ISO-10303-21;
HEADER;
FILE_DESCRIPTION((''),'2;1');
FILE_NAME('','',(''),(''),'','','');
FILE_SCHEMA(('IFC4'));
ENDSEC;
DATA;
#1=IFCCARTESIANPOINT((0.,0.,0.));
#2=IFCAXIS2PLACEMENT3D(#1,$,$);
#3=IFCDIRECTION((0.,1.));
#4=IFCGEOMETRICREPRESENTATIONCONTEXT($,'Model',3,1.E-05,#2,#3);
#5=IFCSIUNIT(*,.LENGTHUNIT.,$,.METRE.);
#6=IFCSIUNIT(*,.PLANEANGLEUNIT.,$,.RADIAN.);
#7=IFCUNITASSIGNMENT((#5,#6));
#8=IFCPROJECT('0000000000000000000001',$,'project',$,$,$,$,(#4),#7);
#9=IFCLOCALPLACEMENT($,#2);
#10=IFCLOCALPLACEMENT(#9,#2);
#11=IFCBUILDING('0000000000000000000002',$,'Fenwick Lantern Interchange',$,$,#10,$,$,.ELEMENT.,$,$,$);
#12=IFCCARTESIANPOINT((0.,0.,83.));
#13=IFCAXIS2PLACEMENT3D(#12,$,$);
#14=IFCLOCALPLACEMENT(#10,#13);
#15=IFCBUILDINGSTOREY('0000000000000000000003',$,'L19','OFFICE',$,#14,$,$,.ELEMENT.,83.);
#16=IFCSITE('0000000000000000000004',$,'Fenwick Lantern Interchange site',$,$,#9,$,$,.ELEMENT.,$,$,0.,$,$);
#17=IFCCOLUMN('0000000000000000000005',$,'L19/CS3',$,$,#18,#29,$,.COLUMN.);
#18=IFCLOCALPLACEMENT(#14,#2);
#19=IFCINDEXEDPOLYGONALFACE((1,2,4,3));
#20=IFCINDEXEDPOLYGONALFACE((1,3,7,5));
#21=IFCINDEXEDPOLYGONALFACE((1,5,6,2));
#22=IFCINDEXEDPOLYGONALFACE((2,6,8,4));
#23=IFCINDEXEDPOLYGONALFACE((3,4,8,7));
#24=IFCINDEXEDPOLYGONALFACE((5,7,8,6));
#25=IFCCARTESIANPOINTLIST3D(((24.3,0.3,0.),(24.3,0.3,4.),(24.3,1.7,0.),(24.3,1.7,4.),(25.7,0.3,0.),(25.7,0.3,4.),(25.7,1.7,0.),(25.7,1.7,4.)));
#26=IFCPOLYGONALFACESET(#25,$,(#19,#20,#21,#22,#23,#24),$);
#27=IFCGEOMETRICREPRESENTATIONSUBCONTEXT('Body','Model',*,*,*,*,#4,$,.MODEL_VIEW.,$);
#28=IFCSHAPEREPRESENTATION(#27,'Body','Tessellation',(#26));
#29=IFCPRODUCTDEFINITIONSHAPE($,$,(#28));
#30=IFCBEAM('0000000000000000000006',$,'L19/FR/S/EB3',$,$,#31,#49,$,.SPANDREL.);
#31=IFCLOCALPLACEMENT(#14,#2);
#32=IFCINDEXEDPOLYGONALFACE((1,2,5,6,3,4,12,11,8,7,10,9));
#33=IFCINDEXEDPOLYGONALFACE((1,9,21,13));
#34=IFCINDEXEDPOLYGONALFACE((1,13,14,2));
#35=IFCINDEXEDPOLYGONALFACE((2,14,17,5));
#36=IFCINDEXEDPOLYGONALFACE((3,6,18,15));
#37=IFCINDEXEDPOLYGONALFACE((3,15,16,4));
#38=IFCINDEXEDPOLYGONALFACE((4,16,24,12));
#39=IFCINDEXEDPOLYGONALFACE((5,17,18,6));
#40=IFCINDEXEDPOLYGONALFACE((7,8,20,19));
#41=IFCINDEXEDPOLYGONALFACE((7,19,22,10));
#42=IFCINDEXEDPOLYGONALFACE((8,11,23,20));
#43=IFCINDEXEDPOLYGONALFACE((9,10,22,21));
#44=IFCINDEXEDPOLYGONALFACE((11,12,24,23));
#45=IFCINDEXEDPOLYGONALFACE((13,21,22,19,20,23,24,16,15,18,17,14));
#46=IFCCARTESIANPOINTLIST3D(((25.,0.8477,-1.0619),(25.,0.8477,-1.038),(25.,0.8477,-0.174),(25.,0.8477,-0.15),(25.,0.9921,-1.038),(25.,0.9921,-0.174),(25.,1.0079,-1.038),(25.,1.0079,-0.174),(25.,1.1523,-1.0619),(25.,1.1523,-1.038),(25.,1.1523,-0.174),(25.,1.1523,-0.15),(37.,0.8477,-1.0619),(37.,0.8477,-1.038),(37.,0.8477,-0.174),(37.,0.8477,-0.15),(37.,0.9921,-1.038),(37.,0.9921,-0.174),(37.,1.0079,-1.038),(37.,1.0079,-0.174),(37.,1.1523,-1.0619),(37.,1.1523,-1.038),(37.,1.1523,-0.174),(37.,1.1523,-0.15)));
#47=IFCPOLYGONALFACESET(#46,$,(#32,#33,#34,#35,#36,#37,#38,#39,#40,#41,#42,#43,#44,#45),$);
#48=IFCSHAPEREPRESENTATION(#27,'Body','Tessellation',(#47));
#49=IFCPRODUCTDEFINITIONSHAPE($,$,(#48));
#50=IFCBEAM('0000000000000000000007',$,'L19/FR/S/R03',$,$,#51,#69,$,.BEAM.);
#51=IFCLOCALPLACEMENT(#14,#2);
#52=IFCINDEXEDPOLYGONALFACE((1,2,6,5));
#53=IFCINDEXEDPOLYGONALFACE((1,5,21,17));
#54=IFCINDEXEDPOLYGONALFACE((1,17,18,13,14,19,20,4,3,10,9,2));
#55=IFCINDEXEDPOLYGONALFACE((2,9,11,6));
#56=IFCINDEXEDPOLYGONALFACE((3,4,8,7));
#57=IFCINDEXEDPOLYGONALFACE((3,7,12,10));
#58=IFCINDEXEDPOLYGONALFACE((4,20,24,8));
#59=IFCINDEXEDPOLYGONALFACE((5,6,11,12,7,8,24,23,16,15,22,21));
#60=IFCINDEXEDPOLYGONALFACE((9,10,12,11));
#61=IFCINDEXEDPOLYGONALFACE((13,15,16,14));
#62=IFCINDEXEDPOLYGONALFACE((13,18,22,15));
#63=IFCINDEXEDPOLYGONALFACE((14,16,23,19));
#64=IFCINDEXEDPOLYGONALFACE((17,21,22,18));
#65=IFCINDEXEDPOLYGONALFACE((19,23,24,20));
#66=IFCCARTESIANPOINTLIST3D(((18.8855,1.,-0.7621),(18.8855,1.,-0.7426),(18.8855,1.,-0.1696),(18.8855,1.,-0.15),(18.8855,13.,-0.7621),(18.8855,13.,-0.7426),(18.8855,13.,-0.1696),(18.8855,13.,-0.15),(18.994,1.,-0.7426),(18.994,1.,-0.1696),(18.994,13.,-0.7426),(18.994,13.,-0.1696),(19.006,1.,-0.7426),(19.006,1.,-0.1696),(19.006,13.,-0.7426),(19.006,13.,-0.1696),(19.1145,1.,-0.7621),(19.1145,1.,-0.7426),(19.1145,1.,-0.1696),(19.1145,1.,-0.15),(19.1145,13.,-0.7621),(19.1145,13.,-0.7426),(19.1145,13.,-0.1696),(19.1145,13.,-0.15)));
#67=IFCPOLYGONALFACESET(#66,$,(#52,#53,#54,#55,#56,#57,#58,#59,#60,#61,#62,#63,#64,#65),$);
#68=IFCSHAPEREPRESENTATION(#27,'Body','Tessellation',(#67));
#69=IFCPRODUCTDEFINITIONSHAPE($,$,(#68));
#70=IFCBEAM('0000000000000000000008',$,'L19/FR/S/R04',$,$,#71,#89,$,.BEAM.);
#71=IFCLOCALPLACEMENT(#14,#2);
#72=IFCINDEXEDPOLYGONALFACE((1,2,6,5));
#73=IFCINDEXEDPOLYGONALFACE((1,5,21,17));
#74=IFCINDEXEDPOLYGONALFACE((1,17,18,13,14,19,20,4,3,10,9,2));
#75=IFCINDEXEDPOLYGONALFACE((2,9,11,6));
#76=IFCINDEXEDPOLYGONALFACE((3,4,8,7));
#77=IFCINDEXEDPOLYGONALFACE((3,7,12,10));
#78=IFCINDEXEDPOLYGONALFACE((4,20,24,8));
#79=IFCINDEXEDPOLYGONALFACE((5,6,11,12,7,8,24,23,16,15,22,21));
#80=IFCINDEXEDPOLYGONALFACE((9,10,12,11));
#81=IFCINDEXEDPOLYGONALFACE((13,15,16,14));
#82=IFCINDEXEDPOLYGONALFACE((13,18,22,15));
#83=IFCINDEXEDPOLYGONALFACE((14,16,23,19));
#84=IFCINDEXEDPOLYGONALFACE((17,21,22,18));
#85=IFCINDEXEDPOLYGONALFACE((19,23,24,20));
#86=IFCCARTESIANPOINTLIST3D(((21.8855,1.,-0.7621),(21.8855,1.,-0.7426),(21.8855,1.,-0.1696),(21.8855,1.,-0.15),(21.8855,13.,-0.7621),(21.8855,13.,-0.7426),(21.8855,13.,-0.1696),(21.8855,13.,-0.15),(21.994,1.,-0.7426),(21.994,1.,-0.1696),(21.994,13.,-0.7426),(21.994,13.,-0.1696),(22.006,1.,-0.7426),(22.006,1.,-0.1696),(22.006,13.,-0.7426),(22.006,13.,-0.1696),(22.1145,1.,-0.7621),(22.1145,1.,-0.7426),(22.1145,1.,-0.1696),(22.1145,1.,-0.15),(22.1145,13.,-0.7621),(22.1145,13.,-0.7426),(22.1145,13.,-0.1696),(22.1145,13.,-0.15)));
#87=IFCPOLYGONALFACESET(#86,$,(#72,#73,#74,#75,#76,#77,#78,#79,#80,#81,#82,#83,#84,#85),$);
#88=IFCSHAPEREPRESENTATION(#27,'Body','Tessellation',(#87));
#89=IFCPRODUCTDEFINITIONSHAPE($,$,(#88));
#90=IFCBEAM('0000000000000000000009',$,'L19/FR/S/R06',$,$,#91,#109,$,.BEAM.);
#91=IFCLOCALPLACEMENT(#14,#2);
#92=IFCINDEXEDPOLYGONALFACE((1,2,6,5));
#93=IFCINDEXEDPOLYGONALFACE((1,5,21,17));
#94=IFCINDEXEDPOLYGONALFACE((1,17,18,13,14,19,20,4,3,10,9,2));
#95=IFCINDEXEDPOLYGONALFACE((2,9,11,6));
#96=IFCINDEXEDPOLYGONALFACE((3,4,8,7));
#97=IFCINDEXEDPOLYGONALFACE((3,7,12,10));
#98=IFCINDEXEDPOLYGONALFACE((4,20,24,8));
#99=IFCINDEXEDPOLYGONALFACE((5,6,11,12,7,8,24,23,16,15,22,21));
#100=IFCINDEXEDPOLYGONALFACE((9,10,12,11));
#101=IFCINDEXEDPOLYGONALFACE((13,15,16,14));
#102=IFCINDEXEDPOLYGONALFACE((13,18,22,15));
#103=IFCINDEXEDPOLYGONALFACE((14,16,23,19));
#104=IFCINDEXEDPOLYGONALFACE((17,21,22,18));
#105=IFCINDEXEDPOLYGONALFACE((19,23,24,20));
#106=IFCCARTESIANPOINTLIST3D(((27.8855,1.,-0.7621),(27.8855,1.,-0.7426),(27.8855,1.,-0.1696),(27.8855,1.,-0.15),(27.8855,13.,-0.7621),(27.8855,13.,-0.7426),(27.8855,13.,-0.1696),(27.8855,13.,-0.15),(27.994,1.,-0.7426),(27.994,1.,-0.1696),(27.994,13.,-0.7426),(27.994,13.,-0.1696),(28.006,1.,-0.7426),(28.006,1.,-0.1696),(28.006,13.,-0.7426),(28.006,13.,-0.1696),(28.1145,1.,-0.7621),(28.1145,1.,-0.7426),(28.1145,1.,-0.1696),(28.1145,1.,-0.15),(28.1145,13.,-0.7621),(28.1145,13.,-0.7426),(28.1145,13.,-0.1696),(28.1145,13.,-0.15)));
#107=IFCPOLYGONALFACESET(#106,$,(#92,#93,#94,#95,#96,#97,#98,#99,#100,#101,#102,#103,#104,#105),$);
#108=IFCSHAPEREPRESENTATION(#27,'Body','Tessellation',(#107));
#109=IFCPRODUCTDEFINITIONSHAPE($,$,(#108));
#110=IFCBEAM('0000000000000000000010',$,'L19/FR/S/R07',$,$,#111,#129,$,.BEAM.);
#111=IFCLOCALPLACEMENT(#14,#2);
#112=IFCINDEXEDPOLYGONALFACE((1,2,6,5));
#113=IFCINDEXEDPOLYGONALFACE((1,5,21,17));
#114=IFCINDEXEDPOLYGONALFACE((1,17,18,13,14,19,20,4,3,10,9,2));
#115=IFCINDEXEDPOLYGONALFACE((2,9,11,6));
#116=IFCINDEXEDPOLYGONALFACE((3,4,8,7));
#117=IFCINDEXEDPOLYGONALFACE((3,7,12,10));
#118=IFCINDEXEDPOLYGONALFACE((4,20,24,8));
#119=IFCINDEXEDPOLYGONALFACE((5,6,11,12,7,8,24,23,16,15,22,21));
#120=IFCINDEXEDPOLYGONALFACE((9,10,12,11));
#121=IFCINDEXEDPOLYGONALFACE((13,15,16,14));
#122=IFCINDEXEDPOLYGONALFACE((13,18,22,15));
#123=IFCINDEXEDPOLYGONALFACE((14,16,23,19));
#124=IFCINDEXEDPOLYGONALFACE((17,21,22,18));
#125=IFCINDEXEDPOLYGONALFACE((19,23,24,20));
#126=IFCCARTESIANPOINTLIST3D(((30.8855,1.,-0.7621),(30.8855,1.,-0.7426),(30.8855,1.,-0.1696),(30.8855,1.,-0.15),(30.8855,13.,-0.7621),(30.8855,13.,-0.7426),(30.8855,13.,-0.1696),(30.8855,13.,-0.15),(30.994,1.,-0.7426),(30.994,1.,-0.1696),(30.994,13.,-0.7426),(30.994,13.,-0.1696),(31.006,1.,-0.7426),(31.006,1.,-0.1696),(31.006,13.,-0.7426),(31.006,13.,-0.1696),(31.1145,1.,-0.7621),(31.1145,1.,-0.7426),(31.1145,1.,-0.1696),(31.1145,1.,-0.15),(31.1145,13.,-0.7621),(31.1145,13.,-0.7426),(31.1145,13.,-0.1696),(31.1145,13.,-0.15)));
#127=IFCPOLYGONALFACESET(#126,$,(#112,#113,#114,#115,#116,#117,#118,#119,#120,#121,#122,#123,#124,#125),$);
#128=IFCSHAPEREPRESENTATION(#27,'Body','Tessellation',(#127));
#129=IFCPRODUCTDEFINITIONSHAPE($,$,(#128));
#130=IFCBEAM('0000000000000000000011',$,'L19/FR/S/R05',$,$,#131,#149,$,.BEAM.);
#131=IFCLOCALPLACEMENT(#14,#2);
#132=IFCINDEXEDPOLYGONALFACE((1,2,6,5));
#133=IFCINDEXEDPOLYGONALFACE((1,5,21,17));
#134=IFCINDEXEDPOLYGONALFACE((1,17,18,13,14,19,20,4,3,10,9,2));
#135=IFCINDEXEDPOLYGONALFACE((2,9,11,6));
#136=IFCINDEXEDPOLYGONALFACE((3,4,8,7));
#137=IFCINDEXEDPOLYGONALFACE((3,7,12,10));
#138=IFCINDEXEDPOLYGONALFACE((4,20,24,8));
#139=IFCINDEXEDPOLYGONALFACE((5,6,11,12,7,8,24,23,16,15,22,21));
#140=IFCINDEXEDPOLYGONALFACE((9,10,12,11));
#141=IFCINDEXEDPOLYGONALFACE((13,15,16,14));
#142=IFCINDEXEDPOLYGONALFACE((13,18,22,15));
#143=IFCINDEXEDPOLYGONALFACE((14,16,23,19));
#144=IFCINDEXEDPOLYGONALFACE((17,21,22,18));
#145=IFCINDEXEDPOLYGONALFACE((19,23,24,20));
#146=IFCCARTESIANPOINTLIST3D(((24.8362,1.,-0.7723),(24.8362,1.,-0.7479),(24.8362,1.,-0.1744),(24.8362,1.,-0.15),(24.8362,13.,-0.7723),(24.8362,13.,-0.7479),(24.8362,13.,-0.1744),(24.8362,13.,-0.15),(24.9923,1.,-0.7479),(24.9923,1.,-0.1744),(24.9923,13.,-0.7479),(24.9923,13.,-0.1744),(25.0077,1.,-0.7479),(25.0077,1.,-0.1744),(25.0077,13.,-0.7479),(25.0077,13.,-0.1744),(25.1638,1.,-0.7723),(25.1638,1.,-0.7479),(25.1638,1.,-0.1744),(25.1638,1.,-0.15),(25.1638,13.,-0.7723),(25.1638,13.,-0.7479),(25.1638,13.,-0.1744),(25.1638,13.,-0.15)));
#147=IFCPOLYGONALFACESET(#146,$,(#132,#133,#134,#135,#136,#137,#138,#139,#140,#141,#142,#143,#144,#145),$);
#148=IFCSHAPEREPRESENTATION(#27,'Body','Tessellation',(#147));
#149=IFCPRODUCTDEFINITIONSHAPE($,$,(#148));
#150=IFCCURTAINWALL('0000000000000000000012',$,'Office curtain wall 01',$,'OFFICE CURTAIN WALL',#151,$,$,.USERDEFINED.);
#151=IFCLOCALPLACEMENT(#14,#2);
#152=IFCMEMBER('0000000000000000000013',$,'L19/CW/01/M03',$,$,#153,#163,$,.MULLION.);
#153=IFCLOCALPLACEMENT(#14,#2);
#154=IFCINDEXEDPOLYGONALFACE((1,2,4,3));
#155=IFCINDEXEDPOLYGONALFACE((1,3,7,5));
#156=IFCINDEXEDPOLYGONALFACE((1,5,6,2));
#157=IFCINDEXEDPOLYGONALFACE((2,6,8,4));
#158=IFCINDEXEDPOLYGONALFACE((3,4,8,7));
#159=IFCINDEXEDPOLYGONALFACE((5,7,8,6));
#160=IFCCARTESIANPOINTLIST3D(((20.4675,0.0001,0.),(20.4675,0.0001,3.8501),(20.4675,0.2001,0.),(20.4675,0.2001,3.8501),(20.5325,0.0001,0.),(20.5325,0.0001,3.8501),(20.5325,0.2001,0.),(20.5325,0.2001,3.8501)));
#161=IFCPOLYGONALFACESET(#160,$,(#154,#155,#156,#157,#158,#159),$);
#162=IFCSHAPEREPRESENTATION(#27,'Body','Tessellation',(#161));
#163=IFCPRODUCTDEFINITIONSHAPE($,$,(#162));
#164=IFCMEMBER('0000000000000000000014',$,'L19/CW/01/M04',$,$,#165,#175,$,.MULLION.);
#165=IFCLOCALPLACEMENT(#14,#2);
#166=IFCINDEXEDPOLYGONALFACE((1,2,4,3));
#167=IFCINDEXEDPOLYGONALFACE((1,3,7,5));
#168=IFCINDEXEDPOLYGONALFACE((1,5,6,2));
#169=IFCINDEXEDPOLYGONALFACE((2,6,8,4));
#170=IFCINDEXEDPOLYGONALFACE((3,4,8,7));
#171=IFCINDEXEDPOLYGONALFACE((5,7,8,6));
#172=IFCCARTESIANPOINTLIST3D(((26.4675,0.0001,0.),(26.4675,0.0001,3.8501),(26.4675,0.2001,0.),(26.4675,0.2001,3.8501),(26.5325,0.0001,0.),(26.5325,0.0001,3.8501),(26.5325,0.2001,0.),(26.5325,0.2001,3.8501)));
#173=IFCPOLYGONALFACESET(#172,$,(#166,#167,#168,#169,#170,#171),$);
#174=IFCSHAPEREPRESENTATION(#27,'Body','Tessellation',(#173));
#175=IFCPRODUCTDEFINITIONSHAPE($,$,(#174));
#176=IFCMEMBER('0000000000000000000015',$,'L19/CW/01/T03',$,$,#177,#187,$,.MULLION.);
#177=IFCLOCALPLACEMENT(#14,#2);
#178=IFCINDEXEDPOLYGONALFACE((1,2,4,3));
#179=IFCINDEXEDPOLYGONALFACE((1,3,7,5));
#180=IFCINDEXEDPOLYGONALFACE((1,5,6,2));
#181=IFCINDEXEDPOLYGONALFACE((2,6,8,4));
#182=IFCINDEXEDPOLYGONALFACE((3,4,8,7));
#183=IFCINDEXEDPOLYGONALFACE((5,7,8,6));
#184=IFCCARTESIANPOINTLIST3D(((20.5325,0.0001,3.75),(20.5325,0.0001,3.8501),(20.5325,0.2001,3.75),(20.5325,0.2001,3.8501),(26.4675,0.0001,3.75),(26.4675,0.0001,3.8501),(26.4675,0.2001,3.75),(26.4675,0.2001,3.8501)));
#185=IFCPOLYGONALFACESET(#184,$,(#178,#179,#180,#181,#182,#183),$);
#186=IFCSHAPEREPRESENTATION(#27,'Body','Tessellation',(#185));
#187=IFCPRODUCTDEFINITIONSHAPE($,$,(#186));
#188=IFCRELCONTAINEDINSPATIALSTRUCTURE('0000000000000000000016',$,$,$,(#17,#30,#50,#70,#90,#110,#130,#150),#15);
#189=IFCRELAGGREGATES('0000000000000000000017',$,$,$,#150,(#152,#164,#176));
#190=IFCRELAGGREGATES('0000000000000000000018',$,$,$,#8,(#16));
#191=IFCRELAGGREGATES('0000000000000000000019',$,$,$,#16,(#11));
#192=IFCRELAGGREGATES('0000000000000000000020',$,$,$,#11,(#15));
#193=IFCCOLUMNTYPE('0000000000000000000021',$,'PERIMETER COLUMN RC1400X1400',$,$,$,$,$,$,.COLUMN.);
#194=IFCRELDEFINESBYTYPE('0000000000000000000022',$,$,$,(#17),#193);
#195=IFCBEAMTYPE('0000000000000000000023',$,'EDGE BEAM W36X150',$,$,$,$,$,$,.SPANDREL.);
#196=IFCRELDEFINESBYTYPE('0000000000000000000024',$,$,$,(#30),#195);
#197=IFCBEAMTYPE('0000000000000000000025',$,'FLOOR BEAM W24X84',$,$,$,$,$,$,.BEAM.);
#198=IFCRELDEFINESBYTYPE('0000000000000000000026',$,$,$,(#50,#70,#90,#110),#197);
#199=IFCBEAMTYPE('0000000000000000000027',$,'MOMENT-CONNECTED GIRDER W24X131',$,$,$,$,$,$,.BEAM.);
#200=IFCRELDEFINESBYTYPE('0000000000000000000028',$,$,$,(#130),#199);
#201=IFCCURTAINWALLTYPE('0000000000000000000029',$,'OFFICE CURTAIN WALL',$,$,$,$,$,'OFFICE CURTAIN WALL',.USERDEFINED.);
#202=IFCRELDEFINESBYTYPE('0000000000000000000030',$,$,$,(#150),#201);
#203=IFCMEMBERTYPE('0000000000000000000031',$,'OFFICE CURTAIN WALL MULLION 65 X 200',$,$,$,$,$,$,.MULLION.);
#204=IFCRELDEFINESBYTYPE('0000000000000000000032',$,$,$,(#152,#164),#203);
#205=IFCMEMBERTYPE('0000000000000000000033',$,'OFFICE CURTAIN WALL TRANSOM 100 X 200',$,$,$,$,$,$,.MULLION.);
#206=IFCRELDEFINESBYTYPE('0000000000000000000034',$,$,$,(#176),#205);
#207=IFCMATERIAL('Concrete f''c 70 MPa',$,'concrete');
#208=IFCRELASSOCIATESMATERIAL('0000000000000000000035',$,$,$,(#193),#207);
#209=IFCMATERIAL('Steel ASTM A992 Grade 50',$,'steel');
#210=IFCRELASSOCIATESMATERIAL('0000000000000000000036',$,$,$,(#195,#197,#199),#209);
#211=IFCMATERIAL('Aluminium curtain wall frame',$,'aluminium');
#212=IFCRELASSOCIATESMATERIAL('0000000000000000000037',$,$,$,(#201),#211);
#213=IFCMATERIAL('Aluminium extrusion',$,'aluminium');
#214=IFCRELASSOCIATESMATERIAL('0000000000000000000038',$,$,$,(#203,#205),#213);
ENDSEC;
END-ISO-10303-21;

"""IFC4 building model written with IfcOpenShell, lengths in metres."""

from ifc_helpers import new_model, si_unit, direction, frame, origin, origin_2d, place, context, subcontext, project, spatial, rectangle, i_section, extrude, material, material_profile, profile_set, type_object, element, aggregate, save


model = new_model("IFC4")

# Units and contexts
model_context = context("Model", 3, precision=1e-05, world=origin(), true_north=direction((0.0, 1.0)))
body_context = subcontext(model_context, "Body", "Model", "MODEL_VIEW")
ifc_project = project(units=[si_unit("LENGTHUNIT", "METRE"), si_unit("PLANEANGLEUNIT", "RADIAN")], contexts=[model_context])

# Site, building, storey
site_placement = place(None, origin())
site = spatial("IfcSite", under=ifc_project, at=site_placement, Name="Fenwick Lantern Interchange site", CompositionType="ELEMENT", RefElevation=0.0)
building_placement = place(site_placement, origin())
building = spatial("IfcBuilding", under=site, at=building_placement, Name="Fenwick Lantern Interchange", CompositionType="ELEMENT")
storey_placement = place(building_placement, frame((0.0, 0.0, 83.0)))
storey = spatial("IfcBuildingStorey", under=building, at=storey_placement, Name="L19", Description="OFFICE", CompositionType="ELEMENT", Elevation=83.0)

# Column
ifc_material_1 = material(Name="Concrete f'c 70 MPa", Category="concrete")
ifc_material_profile_1 = material_profile(ifc_material_1, rectangle(XDim=1.3999, YDim=1.3999, at=origin_2d()), Name="RC1400X1400")
ifc_profile_set_1 = profile_set([ifc_material_profile_1], Name="Concrete f'c 70 MPa")
column_type = type_object("IfcColumnType", Name="PERIMETER COLUMN RC1400X1400", PredefinedType="COLUMN", material=ifc_profile_set_1)
column_placement = place(storey_placement, frame((25.0, 1.0, 0.0), z_axis=(0.0, 0.0, 1.0), x_axis=(1.0, 0.0, 0.0)))
element("IfcColumn", 1, at=column_placement, inside=storey, type_object=column_type, Name="L19/CS3", PredefinedType="COLUMN", context=body_context, shape_type="SweptSolid", body=[
    extrude(rectangle(XDim=1.3999, YDim=1.3999, at=origin_2d()), origin(), (0.0, 0.0, 1.0), 4.0),
])

# Beams
ifc_material_2 = material(Name="Steel ASTM A992 Grade 50", Category="steel")
ifc_material_profile_2 = material_profile(ifc_material_2, i_section(OverallWidth=0.3047, OverallDepth=0.9119, WebThickness=0.0159, FlangeThickness=0.0239, at=origin_2d()), Name="W36X150")
ifc_profile_set_2 = profile_set([ifc_material_profile_2], Name="Steel ASTM A992 Grade 50")
beam_type_1 = type_object("IfcBeamType", Name="EDGE BEAM W36X150", PredefinedType="SPANDREL", material=ifc_profile_set_2)
beam_1_placement = place(storey_placement, frame((25.0, 1.0, -0.606), z_axis=(1.0, 0.0, 0.0), x_axis=(0.0, 1.0, 0.0)))
element("IfcBeam", 2, at=beam_1_placement, inside=storey, type_object=beam_type_1, Name="L19/FR/S/EB3", PredefinedType="SPANDREL", context=body_context, shape_type="SweptSolid", body=[
    extrude(i_section(OverallWidth=0.3047, OverallDepth=0.9119, WebThickness=0.0159, FlangeThickness=0.0239, at=origin_2d()), origin(), (0.0, 0.0, 1.0), 12.0),
])
ifc_material_profile_3 = material_profile(ifc_material_2, i_section(OverallWidth=0.229, OverallDepth=0.6121, WebThickness=0.012, FlangeThickness=0.0195, at=origin_2d()), Name="W24X84")
ifc_profile_set_3 = profile_set([ifc_material_profile_3], Name="Steel ASTM A992 Grade 50")
beam_type_2 = type_object("IfcBeamType", Name="FLOOR BEAM W24X84", PredefinedType="BEAM", material=ifc_profile_set_3)
for number, where, z_axis, x_axis, name in (
    (3, (19.0, 1.0, -0.4561), (0.0, 1.0, 0.0), (-1.0, 0.0, 0.0), "L19/FR/S/R03"),
    (4, (22.0, 1.0, -0.4561), (0.0, 1.0, 0.0), (-1.0, 0.0, 0.0), "L19/FR/S/R04"),
    (5, (28.0, 1.0, -0.4561), (0.0, 1.0, 0.0), (-1.0, 0.0, 0.0), "L19/FR/S/R06"),
    (6, (31.0, 1.0, -0.4561), (0.0, 1.0, 0.0), (-1.0, 0.0, 0.0), "L19/FR/S/R07"),
):
    element("IfcBeam", number, at=place(storey_placement, frame(where, z_axis=z_axis, x_axis=x_axis)), inside=storey, type_object=beam_type_2, Name=name, PredefinedType="BEAM", context=body_context, shape_type="SweptSolid", body=[
        extrude(i_section(OverallWidth=0.229, OverallDepth=0.6121, WebThickness=0.012, FlangeThickness=0.0195, at=origin_2d()), origin(), (0.0, 0.0, 1.0), 12.0),
    ])
ifc_material_profile_4 = material_profile(ifc_material_2, i_section(OverallWidth=0.3276, OverallDepth=0.6223, WebThickness=0.0154, FlangeThickness=0.0244, at=origin_2d()), Name="W24X131")
ifc_profile_set_4 = profile_set([ifc_material_profile_4], Name="Steel ASTM A992 Grade 50")
beam_type_3 = type_object("IfcBeamType", Name="MOMENT-CONNECTED GIRDER W24X131", PredefinedType="BEAM", material=ifc_profile_set_4)
beam_2_placement = place(storey_placement, frame((25.0, 1.0, -0.4612), z_axis=(0.0, 1.0, 0.0), x_axis=(-1.0, 0.0, 0.0)))
element("IfcBeam", 7, at=beam_2_placement, inside=storey, type_object=beam_type_3, Name="L19/FR/S/R05", PredefinedType="BEAM", context=body_context, shape_type="SweptSolid", body=[
    extrude(i_section(OverallWidth=0.3276, OverallDepth=0.6223, WebThickness=0.0154, FlangeThickness=0.0244, at=origin_2d()), origin(), (0.0, 0.0, 1.0), 12.0),
])

# Curtain wall, members
ifc_material_3 = material(Name="Aluminium curtain wall frame", Category="aluminium")
curtain_wall_type = type_object("IfcCurtainWallType", Name="OFFICE CURTAIN WALL", ElementType="OFFICE CURTAIN WALL", PredefinedType="USERDEFINED", material=ifc_material_3)
curtain_wall_placement = place(storey_placement, origin())
curtain_wall = element("IfcCurtainWall", 8, at=curtain_wall_placement, inside=storey, type_object=curtain_wall_type, Name="Office curtain wall 01", ObjectType="OFFICE CURTAIN WALL", PredefinedType="USERDEFINED")
ifc_material_4 = material(Name="Aluminium extrusion", Category="aluminium")
ifc_material_profile_5 = material_profile(ifc_material_4, rectangle(XDim=0.2, YDim=0.0649, at=origin_2d()), Name="OFFICE CURTAIN WALL MULLION 65 X 200")
ifc_profile_set_5 = profile_set([ifc_material_profile_5], Name="Aluminium extrusion")
member_type_1 = type_object("IfcMemberType", Name="OFFICE CURTAIN WALL MULLION 65 X 200", PredefinedType="MULLION", material=ifc_profile_set_5)
member_1_placement = place(storey_placement, frame((20.5, 0.1001, 0.0), z_axis=(0.0, 0.0, 1.0), x_axis=(0.0, 1.0, 0.0)))
member_1 = element("IfcMember", 9, at=member_1_placement, type_object=member_type_1, Name="L19/CW/01/M03", PredefinedType="MULLION", context=body_context, shape_type="SweptSolid", body=[
    extrude(rectangle(XDim=0.2, YDim=0.0649, at=origin_2d()), origin(), (0.0, 0.0, 1.0), 3.8501),
])
member_2_placement = place(storey_placement, frame((26.5, 0.1001, 0.0), z_axis=(0.0, 0.0, 1.0), x_axis=(0.0, 1.0, 0.0)))
member_2 = element("IfcMember", 10, at=member_2_placement, type_object=member_type_1, Name="L19/CW/01/M04", PredefinedType="MULLION", context=body_context, shape_type="SweptSolid", body=[
    extrude(rectangle(XDim=0.2, YDim=0.0649, at=origin_2d()), origin(), (0.0, 0.0, 1.0), 3.8501),
])
ifc_material_profile_6 = material_profile(ifc_material_4, rectangle(XDim=0.2, YDim=0.1001, at=origin_2d()), Name="OFFICE CURTAIN WALL TRANSOM 100 X 200")
ifc_profile_set_6 = profile_set([ifc_material_profile_6], Name="Aluminium extrusion")
member_type_2 = type_object("IfcMemberType", Name="OFFICE CURTAIN WALL TRANSOM 100 X 200", PredefinedType="MULLION", material=ifc_profile_set_6)
member_3_placement = place(storey_placement, frame((20.5325, 0.1001, 3.8), z_axis=(1.0, 0.0, 0.0), x_axis=(0.0, 1.0, 0.0)))
member_3 = element("IfcMember", 11, at=member_3_placement, type_object=member_type_2, Name="L19/CW/01/T03", PredefinedType="MULLION", context=body_context, shape_type="SweptSolid", body=[
    extrude(rectangle(XDim=0.2, YDim=0.1001, at=origin_2d()), origin(), (0.0, 0.0, 1.0), 5.9351),
])
aggregate(curtain_wall, [member_1, member_2, member_3])

save(model, "model.ifc")
